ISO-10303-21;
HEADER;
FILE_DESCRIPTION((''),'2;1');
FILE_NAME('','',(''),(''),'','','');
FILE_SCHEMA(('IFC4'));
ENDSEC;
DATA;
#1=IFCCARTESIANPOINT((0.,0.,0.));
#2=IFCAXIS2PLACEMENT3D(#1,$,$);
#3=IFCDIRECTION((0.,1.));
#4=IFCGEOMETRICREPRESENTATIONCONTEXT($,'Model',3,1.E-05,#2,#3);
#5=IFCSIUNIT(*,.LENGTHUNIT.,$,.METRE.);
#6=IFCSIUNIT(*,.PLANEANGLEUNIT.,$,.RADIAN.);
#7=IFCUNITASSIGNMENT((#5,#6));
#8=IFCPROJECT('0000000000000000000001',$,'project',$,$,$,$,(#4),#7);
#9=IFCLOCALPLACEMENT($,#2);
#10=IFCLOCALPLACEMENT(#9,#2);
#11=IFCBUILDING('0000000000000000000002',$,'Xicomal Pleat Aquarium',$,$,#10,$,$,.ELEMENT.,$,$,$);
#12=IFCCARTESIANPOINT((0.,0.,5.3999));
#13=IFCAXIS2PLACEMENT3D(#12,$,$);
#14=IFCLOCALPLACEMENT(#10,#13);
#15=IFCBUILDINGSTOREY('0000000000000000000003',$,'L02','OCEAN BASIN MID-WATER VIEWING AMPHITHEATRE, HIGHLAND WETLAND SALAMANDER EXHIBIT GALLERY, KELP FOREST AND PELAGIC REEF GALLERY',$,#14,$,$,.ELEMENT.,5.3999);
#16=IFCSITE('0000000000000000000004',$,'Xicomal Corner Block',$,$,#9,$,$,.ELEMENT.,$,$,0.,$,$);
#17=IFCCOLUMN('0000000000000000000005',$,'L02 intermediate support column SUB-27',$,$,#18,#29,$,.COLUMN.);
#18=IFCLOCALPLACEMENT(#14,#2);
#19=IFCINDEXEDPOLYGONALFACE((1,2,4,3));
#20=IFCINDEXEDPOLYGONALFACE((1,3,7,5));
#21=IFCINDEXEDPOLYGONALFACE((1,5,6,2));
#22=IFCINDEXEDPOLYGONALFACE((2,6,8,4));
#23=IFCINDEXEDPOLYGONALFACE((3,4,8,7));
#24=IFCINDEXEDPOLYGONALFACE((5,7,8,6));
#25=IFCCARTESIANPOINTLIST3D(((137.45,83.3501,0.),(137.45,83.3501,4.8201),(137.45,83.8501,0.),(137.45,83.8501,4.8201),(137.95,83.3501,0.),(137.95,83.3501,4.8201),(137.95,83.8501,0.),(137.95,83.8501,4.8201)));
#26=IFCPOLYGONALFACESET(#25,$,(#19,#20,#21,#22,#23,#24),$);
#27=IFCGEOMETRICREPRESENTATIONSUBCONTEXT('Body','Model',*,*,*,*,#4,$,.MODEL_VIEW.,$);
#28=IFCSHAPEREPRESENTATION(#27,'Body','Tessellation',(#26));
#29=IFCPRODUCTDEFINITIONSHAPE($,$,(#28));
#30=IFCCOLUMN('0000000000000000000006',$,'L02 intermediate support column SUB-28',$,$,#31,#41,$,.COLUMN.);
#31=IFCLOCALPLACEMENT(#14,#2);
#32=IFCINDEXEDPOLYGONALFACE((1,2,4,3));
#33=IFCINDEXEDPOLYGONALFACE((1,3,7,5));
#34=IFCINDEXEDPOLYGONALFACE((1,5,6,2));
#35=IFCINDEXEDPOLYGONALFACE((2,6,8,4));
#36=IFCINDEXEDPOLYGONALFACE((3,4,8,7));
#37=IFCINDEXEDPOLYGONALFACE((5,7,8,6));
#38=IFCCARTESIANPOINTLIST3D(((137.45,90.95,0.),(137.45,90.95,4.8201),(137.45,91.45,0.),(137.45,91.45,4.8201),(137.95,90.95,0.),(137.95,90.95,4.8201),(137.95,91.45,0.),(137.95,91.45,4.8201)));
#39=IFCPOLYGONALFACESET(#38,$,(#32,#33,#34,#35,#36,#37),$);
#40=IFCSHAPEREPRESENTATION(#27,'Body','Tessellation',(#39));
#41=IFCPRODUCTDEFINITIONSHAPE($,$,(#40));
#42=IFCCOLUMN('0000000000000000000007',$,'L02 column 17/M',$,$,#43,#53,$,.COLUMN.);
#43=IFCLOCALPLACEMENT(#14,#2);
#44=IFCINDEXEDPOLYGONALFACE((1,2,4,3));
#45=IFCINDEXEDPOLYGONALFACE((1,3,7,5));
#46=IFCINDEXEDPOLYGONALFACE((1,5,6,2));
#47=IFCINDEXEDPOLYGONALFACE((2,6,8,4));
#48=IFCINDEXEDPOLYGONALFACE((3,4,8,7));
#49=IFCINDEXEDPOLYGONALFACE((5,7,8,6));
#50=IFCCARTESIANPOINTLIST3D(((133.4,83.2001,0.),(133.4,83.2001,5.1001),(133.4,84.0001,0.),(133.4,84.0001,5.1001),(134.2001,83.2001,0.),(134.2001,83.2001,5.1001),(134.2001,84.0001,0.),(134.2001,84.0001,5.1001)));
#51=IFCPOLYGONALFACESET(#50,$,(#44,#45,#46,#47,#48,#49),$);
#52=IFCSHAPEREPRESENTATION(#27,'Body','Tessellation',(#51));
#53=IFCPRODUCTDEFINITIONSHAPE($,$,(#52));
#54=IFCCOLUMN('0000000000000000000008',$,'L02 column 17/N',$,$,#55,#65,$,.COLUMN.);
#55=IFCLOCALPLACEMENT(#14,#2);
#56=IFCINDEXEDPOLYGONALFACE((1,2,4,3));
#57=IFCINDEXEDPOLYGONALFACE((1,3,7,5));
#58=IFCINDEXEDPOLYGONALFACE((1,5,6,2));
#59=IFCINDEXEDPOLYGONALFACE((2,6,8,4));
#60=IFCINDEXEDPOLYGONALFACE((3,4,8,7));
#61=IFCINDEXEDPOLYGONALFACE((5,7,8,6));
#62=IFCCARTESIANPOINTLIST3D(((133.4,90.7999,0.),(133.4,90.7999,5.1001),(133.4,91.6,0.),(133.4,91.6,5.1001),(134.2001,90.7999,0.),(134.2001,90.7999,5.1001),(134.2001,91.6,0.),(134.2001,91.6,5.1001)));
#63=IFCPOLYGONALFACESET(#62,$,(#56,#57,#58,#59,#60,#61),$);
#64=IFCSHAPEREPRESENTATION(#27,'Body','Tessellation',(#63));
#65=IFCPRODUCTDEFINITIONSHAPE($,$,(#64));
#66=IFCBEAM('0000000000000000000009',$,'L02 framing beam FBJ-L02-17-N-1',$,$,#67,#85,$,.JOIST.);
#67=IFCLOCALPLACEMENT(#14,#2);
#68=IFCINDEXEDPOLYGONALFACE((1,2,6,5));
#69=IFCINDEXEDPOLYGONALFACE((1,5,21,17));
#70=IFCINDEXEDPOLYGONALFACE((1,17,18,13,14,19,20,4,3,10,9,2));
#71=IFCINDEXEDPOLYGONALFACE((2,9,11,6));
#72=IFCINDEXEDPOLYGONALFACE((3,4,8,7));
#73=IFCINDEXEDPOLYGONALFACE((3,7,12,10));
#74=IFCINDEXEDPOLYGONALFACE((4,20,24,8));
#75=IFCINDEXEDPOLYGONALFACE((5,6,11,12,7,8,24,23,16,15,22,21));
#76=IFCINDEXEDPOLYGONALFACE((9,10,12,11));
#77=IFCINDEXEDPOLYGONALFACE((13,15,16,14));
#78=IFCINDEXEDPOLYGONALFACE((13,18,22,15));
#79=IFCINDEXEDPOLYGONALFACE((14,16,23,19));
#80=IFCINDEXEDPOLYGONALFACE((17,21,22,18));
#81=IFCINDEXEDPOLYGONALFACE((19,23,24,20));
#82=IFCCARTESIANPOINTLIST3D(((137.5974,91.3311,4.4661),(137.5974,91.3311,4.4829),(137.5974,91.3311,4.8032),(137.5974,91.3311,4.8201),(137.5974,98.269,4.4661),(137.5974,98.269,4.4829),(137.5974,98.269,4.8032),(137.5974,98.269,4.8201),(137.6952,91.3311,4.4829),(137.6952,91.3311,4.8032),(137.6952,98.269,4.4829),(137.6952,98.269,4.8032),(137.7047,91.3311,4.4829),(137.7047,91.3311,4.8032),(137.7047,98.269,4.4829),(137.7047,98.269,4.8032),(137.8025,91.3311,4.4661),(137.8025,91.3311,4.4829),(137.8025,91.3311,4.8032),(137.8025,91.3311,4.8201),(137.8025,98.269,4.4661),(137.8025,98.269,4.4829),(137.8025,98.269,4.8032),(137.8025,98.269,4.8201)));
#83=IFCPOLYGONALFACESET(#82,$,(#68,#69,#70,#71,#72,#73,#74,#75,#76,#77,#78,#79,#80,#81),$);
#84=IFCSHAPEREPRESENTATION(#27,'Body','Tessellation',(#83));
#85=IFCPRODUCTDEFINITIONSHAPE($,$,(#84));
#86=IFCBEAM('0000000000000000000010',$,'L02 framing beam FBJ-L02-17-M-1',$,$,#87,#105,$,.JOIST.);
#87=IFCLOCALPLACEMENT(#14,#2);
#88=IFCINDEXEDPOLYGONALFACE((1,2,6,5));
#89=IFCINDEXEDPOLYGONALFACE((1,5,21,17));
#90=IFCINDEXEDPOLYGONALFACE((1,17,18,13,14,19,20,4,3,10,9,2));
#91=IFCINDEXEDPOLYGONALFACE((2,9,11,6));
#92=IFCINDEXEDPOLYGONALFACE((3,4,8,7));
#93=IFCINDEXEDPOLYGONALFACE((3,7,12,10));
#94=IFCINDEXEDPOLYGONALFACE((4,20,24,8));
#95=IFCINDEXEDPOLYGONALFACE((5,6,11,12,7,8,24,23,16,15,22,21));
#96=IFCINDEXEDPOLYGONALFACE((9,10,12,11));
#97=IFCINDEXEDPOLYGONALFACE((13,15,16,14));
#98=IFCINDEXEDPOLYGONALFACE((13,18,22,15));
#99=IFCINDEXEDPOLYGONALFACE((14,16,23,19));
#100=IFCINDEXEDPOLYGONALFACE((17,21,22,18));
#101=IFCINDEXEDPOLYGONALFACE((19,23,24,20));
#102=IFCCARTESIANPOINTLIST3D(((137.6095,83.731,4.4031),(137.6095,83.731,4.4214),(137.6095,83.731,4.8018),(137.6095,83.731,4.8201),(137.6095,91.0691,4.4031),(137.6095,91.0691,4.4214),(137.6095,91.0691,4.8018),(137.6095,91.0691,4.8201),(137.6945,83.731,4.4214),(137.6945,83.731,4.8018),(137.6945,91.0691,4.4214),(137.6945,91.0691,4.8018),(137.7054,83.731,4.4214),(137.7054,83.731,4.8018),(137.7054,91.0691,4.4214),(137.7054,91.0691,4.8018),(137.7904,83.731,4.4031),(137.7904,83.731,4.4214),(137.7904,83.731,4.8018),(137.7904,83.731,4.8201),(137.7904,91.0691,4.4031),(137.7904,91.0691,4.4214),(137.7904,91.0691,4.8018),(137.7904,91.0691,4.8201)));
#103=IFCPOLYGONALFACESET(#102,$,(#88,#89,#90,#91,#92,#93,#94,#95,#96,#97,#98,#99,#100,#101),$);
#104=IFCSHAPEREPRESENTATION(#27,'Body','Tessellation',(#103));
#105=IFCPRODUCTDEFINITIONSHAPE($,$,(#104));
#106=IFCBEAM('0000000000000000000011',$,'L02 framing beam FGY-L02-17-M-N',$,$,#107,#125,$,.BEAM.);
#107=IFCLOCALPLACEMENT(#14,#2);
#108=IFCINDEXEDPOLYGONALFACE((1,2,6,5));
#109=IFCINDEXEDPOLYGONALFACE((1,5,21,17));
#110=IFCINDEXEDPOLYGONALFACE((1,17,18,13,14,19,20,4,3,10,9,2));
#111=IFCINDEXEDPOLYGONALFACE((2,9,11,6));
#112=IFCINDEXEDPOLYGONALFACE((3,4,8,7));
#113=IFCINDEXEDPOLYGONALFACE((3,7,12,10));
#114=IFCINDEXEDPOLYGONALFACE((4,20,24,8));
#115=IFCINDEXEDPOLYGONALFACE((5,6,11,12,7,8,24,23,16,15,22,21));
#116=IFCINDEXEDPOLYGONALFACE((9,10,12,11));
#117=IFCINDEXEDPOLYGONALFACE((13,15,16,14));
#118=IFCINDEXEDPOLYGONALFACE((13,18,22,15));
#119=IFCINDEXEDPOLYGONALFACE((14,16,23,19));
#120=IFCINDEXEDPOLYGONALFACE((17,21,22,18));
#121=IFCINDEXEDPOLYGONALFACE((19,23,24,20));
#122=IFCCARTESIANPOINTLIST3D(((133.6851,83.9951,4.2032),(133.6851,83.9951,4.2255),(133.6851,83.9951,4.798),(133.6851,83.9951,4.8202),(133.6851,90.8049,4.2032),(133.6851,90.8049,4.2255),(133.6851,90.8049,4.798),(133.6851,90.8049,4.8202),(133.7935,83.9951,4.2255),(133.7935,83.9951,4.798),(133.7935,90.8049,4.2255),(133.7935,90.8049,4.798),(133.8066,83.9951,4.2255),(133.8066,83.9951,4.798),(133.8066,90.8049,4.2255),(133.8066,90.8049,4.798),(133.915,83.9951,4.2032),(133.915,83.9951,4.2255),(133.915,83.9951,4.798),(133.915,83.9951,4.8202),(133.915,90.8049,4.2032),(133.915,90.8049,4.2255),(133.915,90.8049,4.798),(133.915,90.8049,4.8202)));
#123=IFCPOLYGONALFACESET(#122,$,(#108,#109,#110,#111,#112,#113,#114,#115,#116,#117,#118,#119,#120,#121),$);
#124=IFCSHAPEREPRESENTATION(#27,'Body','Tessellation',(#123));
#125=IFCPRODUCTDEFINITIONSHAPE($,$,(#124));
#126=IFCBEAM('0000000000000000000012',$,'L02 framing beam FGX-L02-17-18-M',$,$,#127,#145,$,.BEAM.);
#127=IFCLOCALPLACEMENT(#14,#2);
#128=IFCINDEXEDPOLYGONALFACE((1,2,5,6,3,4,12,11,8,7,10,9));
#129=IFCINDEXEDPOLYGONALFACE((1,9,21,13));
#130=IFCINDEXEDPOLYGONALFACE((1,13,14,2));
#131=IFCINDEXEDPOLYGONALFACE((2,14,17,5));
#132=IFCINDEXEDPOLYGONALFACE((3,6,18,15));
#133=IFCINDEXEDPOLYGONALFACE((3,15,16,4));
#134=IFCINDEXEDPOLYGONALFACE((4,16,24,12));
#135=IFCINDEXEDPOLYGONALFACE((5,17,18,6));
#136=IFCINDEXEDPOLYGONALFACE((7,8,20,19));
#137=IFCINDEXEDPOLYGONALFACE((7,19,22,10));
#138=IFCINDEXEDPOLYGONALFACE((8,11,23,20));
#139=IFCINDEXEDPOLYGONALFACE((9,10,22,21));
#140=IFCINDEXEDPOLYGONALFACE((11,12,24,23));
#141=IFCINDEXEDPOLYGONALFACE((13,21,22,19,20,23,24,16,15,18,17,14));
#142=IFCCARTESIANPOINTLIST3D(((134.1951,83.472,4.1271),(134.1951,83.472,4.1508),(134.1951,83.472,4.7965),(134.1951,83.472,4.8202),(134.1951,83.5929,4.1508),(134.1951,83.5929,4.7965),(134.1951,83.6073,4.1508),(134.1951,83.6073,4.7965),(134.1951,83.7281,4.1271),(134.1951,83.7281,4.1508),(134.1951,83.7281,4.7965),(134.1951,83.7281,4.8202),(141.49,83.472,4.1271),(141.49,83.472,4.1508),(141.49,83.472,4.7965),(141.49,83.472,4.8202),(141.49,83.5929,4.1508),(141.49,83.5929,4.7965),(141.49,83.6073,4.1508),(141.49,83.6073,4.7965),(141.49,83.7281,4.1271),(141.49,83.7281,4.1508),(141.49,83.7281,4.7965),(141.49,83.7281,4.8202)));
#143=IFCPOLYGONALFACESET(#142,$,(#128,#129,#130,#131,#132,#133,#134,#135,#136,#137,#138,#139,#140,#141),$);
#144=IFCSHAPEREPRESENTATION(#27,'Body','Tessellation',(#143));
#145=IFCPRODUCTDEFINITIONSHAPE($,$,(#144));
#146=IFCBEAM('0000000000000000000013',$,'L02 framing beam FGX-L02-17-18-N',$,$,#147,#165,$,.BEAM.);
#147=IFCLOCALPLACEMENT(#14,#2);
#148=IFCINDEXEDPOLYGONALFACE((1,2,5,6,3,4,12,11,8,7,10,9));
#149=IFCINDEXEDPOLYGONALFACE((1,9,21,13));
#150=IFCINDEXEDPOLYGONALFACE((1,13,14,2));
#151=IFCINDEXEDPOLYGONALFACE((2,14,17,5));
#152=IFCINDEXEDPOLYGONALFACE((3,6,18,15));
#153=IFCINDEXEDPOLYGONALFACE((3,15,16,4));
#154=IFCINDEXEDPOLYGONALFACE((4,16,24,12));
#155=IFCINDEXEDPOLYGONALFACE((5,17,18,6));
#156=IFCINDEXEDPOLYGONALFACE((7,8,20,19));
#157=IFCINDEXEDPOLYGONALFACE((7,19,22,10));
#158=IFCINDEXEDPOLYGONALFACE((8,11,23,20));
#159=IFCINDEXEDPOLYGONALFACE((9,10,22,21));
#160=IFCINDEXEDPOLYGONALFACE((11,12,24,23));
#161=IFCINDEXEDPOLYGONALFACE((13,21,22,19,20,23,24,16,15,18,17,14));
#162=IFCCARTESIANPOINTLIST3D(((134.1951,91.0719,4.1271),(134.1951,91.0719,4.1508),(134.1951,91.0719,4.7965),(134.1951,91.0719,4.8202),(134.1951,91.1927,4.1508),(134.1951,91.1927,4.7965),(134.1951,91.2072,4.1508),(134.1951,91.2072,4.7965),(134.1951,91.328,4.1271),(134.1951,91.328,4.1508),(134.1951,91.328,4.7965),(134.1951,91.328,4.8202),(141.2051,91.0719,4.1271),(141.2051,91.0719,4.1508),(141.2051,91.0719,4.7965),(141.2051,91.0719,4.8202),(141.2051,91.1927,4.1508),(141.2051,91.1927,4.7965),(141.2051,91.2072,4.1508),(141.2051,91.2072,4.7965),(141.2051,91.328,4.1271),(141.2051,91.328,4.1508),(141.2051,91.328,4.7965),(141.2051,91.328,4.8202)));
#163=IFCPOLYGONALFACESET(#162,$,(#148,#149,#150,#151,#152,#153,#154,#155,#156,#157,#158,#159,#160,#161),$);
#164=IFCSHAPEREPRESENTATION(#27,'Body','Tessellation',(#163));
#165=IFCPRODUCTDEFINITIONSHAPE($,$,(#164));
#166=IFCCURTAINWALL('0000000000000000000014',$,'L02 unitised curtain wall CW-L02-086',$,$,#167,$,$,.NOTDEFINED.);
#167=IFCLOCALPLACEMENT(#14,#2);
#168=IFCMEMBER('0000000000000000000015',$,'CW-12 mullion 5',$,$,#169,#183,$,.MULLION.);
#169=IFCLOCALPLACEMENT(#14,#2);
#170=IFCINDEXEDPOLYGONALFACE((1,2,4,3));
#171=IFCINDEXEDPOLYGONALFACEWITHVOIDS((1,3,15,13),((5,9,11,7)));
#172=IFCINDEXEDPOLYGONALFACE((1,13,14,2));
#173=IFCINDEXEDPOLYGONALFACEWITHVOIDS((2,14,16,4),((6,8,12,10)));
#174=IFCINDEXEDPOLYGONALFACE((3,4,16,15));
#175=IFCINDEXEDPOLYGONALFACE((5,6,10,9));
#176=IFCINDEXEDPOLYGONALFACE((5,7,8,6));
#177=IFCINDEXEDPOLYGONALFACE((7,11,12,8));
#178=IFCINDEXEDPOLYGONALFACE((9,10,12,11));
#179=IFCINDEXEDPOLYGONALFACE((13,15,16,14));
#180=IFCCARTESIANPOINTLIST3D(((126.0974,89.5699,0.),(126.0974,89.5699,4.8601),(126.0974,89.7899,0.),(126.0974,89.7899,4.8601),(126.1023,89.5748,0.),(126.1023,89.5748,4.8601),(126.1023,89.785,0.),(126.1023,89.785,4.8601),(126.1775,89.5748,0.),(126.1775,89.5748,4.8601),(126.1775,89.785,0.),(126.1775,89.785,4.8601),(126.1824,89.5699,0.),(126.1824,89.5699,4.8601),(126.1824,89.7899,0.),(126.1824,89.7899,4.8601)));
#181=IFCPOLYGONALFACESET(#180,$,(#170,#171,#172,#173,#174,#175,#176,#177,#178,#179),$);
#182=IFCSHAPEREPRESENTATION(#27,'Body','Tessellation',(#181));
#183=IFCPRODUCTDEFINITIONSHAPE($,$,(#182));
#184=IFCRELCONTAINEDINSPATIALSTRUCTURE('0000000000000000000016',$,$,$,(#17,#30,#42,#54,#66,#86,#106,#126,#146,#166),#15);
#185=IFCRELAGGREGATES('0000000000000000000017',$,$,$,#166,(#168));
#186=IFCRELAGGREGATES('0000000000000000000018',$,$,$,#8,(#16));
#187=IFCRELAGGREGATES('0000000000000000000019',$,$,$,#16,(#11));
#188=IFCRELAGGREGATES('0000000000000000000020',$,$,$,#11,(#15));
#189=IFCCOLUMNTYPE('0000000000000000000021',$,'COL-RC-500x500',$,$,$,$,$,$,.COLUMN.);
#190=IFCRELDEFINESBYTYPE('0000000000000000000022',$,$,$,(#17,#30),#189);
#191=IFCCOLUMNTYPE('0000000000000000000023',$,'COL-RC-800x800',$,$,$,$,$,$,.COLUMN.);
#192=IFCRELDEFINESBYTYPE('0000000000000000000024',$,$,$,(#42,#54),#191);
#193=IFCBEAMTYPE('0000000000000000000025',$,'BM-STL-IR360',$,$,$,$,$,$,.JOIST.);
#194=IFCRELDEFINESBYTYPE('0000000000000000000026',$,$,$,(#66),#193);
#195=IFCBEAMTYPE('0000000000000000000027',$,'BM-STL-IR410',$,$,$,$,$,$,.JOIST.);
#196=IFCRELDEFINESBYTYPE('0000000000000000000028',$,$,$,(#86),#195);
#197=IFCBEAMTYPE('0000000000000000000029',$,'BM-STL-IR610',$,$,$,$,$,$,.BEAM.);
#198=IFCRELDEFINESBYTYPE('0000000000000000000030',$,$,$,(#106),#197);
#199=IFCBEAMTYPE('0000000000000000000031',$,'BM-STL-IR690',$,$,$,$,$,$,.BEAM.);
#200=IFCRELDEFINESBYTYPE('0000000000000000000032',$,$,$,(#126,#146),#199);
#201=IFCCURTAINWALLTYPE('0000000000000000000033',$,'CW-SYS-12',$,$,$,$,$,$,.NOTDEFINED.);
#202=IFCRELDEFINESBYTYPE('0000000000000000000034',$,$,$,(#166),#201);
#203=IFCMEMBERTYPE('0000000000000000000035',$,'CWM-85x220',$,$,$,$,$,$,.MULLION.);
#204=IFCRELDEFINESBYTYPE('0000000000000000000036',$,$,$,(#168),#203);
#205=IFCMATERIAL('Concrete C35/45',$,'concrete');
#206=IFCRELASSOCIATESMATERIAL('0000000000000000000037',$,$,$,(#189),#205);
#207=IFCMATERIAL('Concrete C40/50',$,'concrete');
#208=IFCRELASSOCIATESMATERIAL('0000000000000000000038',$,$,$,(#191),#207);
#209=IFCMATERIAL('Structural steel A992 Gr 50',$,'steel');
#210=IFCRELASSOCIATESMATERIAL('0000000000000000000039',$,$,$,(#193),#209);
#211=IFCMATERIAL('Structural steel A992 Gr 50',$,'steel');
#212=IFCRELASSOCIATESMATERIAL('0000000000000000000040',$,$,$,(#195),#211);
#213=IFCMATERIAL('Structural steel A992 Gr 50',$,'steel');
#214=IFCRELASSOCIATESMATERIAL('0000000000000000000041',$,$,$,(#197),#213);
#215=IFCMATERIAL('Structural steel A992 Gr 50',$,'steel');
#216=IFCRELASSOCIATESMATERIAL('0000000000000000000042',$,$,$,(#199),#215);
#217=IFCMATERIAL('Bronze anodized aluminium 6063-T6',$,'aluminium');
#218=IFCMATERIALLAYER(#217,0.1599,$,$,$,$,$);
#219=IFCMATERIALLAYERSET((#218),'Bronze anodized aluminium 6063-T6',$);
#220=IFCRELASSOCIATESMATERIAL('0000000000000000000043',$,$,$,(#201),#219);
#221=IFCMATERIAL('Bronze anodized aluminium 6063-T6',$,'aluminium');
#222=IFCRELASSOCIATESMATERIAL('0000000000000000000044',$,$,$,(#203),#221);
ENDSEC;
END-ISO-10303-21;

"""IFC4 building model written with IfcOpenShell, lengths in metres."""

from ifc_helpers import new_model, si_unit, direction, frame, origin, origin_2d, place, context, subcontext, project, spatial, rectangle, hollow_rectangle, i_section, extrude, material, layer, layer_set, material_profile, profile_set, type_object, element, aggregate, save


model = new_model("IFC4")

# Units and contexts
model_context = context("Model", 3, precision=1e-05, world=origin(), true_north=direction((0.0, 1.0)))
body_context = subcontext(model_context, "Body", "Model", "MODEL_VIEW")
ifc_project = project(units=[si_unit("LENGTHUNIT", "METRE"), si_unit("PLANEANGLEUNIT", "RADIAN")], contexts=[model_context])

# Site, building, storey
site_placement = place(None, origin())
site = spatial("IfcSite", under=ifc_project, at=site_placement, Name="Xicomal Corner Block", CompositionType="ELEMENT", RefElevation=0.0)
building_placement = place(site_placement, origin())
building = spatial("IfcBuilding", under=site, at=building_placement, Name="Xicomal Pleat Aquarium", CompositionType="ELEMENT")
storey_placement = place(building_placement, frame((0.0, 0.0, 5.3999)))
storey = spatial("IfcBuildingStorey", under=building, at=storey_placement, Name="L02", Description="OCEAN BASIN MID-WATER VIEWING AMPHITHEATRE, HIGHLAND WETLAND SALAMANDER EXHIBIT GALLERY, KELP FOREST AND PELAGIC REEF GALLERY", CompositionType="ELEMENT", Elevation=5.3999)

# Columns
ifc_material_1 = material(Name="Concrete C35/45", Category="concrete")
ifc_material_profile_1 = material_profile(ifc_material_1, rectangle(XDim=0.5, YDim=0.5, at=origin_2d()), Name="RC 500x500")
ifc_profile_set_1 = profile_set([ifc_material_profile_1], Name="Concrete C35/45")
column_type_1 = type_object("IfcColumnType", Name="COL-RC-500x500", PredefinedType="COLUMN", material=ifc_profile_set_1)
for number, where, z_axis, x_axis, name in (
    (1, (137.7, 83.6001, 0.0), (0.0, 0.0, 1.0), (1.0, 0.0, 0.0), "L02 intermediate support column SUB-27"),
    (2, (137.7, 91.2, 0.0), (0.0, 0.0, 1.0), (1.0, 0.0, 0.0), "L02 intermediate support column SUB-28"),
):
    element("IfcColumn", number, at=place(storey_placement, frame(where, z_axis=z_axis, x_axis=x_axis)), inside=storey, type_object=column_type_1, Name=name, PredefinedType="COLUMN", context=body_context, shape_type="SweptSolid", body=[
        extrude(rectangle(XDim=0.5, YDim=0.5, at=origin_2d()), origin(), (0.0, 0.0, 1.0), 4.8201),
    ])
ifc_material_2 = material(Name="Concrete C40/50", Category="concrete")
ifc_material_profile_2 = material_profile(ifc_material_2, rectangle(XDim=0.8, YDim=0.8, at=origin_2d()), Name="RC 800x800")
ifc_profile_set_2 = profile_set([ifc_material_profile_2], Name="Concrete C40/50")
column_type_2 = type_object("IfcColumnType", Name="COL-RC-800x800", PredefinedType="COLUMN", material=ifc_profile_set_2)
for number, where, z_axis, x_axis, name in (
    (3, (133.8, 83.6001, 0.0), (0.0, 0.0, 1.0), (1.0, 0.0, 0.0), "L02 column 17/M"),
    (4, (133.8, 91.2, 0.0), (0.0, 0.0, 1.0), (1.0, 0.0, 0.0), "L02 column 17/N"),
):
    element("IfcColumn", number, at=place(storey_placement, frame(where, z_axis=z_axis, x_axis=x_axis)), inside=storey, type_object=column_type_2, Name=name, PredefinedType="COLUMN", context=body_context, shape_type="SweptSolid", body=[
        extrude(rectangle(XDim=0.8, YDim=0.8, at=origin_2d()), origin(), (0.0, 0.0, 1.0), 5.1001),
    ])

# Beams
ifc_material_3 = material(Name="Structural steel A992 Gr 50", Category="steel")
ifc_material_profile_3 = material_profile(ifc_material_3, i_section(OverallWidth=0.2051, OverallDepth=0.354, WebThickness=0.0095, FlangeThickness=0.0168, at=origin_2d()), Name="IR 360x79")
ifc_profile_set_3 = profile_set([ifc_material_profile_3], Name="Structural steel A992 Gr 50")
beam_type_1 = type_object("IfcBeamType", Name="BM-STL-IR360", PredefinedType="JOIST", material=ifc_profile_set_3)
beam_1_placement = place(storey_placement, frame((137.7, 91.3311, 4.6431), z_axis=(0.0, 1.0, 0.0), x_axis=(-1.0, 0.0, 0.0)))
element("IfcBeam", 5, at=beam_1_placement, inside=storey, type_object=beam_type_1, Name="L02 framing beam FBJ-L02-17-N-1", PredefinedType="JOIST", context=body_context, shape_type="SweptSolid", body=[
    extrude(i_section(OverallWidth=0.2051, OverallDepth=0.354, WebThickness=0.0095, FlangeThickness=0.0168, at=origin_2d()), origin(), (0.0, 0.0, 1.0), 6.938),
])
ifc_material_4 = material(Name="Structural steel A992 Gr 50", Category="steel")
ifc_material_profile_4 = material_profile(ifc_material_4, i_section(OverallWidth=0.1809, OverallDepth=0.417, WebThickness=0.011, FlangeThickness=0.0183, at=origin_2d()), Name="IR 410x85")
ifc_profile_set_4 = profile_set([ifc_material_profile_4], Name="Structural steel A992 Gr 50")
beam_type_2 = type_object("IfcBeamType", Name="BM-STL-IR410", PredefinedType="JOIST", material=ifc_profile_set_4)
beam_2_placement = place(storey_placement, frame((137.7, 83.731, 4.6116), z_axis=(0.0, 1.0, 0.0), x_axis=(-1.0, 0.0, 0.0)))
element("IfcBeam", 6, at=beam_2_placement, inside=storey, type_object=beam_type_2, Name="L02 framing beam FBJ-L02-17-M-1", PredefinedType="JOIST", context=body_context, shape_type="SweptSolid", body=[
    extrude(i_section(OverallWidth=0.1809, OverallDepth=0.417, WebThickness=0.011, FlangeThickness=0.0183, at=origin_2d()), origin(), (0.0, 0.0, 1.0), 7.3381),
])
ifc_material_5 = material(Name="Structural steel A992 Gr 50", Category="steel")
ifc_material_profile_5 = material_profile(ifc_material_5, i_section(OverallWidth=0.23, OverallDepth=0.6169, WebThickness=0.0132, FlangeThickness=0.0222, at=origin_2d()), Name="IR 610x140")
ifc_profile_set_5 = profile_set([ifc_material_profile_5], Name="Structural steel A992 Gr 50")
beam_type_3 = type_object("IfcBeamType", Name="BM-STL-IR610", PredefinedType="BEAM", material=ifc_profile_set_5)
beam_3_placement = place(storey_placement, frame((133.8, 83.9951, 4.5117), z_axis=(0.0, 1.0, 0.0), x_axis=(-1.0, 0.0, 0.0)))
element("IfcBeam", 7, at=beam_3_placement, inside=storey, type_object=beam_type_3, Name="L02 framing beam FGY-L02-17-M-N", PredefinedType="BEAM", context=body_context, shape_type="SweptSolid", body=[
    extrude(i_section(OverallWidth=0.23, OverallDepth=0.6169, WebThickness=0.0132, FlangeThickness=0.0222, at=origin_2d()), origin(), (0.0, 0.0, 1.0), 6.8098),
])
ifc_material_6 = material(Name="Structural steel A992 Gr 50", Category="steel")
ifc_material_profile_6 = material_profile(ifc_material_6, i_section(OverallWidth=0.2561, OverallDepth=0.6931, WebThickness=0.0144, FlangeThickness=0.0237, at=origin_2d()), Name="IR 690x170")
ifc_profile_set_6 = profile_set([ifc_material_profile_6], Name="Structural steel A992 Gr 50")
beam_type_4 = type_object("IfcBeamType", Name="BM-STL-IR690", PredefinedType="BEAM", material=ifc_profile_set_6)
beam_4_placement = place(storey_placement, frame((134.1951, 83.6001, 4.4736), z_axis=(1.0, 0.0, 0.0), x_axis=(0.0, 1.0, 0.0)))
element("IfcBeam", 8, at=beam_4_placement, inside=storey, type_object=beam_type_4, Name="L02 framing beam FGX-L02-17-18-M", PredefinedType="BEAM", context=body_context, shape_type="SweptSolid", body=[
    extrude(i_section(OverallWidth=0.2561, OverallDepth=0.6931, WebThickness=0.0144, FlangeThickness=0.0237, at=origin_2d()), origin(), (0.0, 0.0, 1.0), 7.2949),
])
beam_5_placement = place(storey_placement, frame((134.1951, 91.2, 4.4736), z_axis=(1.0, 0.0, 0.0), x_axis=(0.0, 1.0, 0.0)))
element("IfcBeam", 9, at=beam_5_placement, inside=storey, type_object=beam_type_4, Name="L02 framing beam FGX-L02-17-18-N", PredefinedType="BEAM", context=body_context, shape_type="SweptSolid", body=[
    extrude(i_section(OverallWidth=0.2561, OverallDepth=0.6931, WebThickness=0.0144, FlangeThickness=0.0237, at=origin_2d()), origin(), (0.0, 0.0, 1.0), 7.01),
])

# Curtain wall, member
ifc_material_7 = material(Name="Bronze anodized aluminium 6063-T6", Category="aluminium")
ifc_layer_1 = layer(ifc_material_7, 0.1599)
ifc_layer_set_1 = layer_set([ifc_layer_1], Name="Bronze anodized aluminium 6063-T6")
curtain_wall_type_1 = type_object("IfcCurtainWallType", Name="CW-SYS-12", PredefinedType="NOTDEFINED", material=ifc_layer_set_1)
curtain_wall_1_placement = place(storey_placement, origin())
curtain_wall_1 = element("IfcCurtainWall", 10, at=curtain_wall_1_placement, inside=storey, type_object=curtain_wall_type_1, Name="L02 unitised curtain wall CW-L02-086", PredefinedType="NOTDEFINED")
ifc_material_8 = material(Name="Bronze anodized aluminium 6063-T6", Category="aluminium")
ifc_material_profile_7 = material_profile(ifc_material_8, hollow_rectangle(XDim=0.085, YDim=0.22, WallThickness=0.0049, at=origin_2d()), Name="ALU MULL 85x220")
ifc_profile_set_7 = profile_set([ifc_material_profile_7], Name="Bronze anodized aluminium 6063-T6")
member_type_1 = type_object("IfcMemberType", Name="CWM-85x220", PredefinedType="MULLION", material=ifc_profile_set_7)
member_1_placement = place(storey_placement, frame((126.1399, 89.6799, 0.0), z_axis=(0.0, 0.0, 1.0), x_axis=(-1.0, 0.0, 0.0)))
member_1 = element("IfcMember", 11, at=member_1_placement, type_object=member_type_1, Name="CW-12 mullion 5", PredefinedType="MULLION", context=body_context, shape_type="SweptSolid", body=[
    extrude(hollow_rectangle(XDim=0.085, YDim=0.22, WallThickness=0.0049, at=origin_2d()), origin(), (0.0, 0.0, 1.0), 4.8601),
])

aggregate(curtain_wall_1, [member_1])

save(model, "model.ifc")
